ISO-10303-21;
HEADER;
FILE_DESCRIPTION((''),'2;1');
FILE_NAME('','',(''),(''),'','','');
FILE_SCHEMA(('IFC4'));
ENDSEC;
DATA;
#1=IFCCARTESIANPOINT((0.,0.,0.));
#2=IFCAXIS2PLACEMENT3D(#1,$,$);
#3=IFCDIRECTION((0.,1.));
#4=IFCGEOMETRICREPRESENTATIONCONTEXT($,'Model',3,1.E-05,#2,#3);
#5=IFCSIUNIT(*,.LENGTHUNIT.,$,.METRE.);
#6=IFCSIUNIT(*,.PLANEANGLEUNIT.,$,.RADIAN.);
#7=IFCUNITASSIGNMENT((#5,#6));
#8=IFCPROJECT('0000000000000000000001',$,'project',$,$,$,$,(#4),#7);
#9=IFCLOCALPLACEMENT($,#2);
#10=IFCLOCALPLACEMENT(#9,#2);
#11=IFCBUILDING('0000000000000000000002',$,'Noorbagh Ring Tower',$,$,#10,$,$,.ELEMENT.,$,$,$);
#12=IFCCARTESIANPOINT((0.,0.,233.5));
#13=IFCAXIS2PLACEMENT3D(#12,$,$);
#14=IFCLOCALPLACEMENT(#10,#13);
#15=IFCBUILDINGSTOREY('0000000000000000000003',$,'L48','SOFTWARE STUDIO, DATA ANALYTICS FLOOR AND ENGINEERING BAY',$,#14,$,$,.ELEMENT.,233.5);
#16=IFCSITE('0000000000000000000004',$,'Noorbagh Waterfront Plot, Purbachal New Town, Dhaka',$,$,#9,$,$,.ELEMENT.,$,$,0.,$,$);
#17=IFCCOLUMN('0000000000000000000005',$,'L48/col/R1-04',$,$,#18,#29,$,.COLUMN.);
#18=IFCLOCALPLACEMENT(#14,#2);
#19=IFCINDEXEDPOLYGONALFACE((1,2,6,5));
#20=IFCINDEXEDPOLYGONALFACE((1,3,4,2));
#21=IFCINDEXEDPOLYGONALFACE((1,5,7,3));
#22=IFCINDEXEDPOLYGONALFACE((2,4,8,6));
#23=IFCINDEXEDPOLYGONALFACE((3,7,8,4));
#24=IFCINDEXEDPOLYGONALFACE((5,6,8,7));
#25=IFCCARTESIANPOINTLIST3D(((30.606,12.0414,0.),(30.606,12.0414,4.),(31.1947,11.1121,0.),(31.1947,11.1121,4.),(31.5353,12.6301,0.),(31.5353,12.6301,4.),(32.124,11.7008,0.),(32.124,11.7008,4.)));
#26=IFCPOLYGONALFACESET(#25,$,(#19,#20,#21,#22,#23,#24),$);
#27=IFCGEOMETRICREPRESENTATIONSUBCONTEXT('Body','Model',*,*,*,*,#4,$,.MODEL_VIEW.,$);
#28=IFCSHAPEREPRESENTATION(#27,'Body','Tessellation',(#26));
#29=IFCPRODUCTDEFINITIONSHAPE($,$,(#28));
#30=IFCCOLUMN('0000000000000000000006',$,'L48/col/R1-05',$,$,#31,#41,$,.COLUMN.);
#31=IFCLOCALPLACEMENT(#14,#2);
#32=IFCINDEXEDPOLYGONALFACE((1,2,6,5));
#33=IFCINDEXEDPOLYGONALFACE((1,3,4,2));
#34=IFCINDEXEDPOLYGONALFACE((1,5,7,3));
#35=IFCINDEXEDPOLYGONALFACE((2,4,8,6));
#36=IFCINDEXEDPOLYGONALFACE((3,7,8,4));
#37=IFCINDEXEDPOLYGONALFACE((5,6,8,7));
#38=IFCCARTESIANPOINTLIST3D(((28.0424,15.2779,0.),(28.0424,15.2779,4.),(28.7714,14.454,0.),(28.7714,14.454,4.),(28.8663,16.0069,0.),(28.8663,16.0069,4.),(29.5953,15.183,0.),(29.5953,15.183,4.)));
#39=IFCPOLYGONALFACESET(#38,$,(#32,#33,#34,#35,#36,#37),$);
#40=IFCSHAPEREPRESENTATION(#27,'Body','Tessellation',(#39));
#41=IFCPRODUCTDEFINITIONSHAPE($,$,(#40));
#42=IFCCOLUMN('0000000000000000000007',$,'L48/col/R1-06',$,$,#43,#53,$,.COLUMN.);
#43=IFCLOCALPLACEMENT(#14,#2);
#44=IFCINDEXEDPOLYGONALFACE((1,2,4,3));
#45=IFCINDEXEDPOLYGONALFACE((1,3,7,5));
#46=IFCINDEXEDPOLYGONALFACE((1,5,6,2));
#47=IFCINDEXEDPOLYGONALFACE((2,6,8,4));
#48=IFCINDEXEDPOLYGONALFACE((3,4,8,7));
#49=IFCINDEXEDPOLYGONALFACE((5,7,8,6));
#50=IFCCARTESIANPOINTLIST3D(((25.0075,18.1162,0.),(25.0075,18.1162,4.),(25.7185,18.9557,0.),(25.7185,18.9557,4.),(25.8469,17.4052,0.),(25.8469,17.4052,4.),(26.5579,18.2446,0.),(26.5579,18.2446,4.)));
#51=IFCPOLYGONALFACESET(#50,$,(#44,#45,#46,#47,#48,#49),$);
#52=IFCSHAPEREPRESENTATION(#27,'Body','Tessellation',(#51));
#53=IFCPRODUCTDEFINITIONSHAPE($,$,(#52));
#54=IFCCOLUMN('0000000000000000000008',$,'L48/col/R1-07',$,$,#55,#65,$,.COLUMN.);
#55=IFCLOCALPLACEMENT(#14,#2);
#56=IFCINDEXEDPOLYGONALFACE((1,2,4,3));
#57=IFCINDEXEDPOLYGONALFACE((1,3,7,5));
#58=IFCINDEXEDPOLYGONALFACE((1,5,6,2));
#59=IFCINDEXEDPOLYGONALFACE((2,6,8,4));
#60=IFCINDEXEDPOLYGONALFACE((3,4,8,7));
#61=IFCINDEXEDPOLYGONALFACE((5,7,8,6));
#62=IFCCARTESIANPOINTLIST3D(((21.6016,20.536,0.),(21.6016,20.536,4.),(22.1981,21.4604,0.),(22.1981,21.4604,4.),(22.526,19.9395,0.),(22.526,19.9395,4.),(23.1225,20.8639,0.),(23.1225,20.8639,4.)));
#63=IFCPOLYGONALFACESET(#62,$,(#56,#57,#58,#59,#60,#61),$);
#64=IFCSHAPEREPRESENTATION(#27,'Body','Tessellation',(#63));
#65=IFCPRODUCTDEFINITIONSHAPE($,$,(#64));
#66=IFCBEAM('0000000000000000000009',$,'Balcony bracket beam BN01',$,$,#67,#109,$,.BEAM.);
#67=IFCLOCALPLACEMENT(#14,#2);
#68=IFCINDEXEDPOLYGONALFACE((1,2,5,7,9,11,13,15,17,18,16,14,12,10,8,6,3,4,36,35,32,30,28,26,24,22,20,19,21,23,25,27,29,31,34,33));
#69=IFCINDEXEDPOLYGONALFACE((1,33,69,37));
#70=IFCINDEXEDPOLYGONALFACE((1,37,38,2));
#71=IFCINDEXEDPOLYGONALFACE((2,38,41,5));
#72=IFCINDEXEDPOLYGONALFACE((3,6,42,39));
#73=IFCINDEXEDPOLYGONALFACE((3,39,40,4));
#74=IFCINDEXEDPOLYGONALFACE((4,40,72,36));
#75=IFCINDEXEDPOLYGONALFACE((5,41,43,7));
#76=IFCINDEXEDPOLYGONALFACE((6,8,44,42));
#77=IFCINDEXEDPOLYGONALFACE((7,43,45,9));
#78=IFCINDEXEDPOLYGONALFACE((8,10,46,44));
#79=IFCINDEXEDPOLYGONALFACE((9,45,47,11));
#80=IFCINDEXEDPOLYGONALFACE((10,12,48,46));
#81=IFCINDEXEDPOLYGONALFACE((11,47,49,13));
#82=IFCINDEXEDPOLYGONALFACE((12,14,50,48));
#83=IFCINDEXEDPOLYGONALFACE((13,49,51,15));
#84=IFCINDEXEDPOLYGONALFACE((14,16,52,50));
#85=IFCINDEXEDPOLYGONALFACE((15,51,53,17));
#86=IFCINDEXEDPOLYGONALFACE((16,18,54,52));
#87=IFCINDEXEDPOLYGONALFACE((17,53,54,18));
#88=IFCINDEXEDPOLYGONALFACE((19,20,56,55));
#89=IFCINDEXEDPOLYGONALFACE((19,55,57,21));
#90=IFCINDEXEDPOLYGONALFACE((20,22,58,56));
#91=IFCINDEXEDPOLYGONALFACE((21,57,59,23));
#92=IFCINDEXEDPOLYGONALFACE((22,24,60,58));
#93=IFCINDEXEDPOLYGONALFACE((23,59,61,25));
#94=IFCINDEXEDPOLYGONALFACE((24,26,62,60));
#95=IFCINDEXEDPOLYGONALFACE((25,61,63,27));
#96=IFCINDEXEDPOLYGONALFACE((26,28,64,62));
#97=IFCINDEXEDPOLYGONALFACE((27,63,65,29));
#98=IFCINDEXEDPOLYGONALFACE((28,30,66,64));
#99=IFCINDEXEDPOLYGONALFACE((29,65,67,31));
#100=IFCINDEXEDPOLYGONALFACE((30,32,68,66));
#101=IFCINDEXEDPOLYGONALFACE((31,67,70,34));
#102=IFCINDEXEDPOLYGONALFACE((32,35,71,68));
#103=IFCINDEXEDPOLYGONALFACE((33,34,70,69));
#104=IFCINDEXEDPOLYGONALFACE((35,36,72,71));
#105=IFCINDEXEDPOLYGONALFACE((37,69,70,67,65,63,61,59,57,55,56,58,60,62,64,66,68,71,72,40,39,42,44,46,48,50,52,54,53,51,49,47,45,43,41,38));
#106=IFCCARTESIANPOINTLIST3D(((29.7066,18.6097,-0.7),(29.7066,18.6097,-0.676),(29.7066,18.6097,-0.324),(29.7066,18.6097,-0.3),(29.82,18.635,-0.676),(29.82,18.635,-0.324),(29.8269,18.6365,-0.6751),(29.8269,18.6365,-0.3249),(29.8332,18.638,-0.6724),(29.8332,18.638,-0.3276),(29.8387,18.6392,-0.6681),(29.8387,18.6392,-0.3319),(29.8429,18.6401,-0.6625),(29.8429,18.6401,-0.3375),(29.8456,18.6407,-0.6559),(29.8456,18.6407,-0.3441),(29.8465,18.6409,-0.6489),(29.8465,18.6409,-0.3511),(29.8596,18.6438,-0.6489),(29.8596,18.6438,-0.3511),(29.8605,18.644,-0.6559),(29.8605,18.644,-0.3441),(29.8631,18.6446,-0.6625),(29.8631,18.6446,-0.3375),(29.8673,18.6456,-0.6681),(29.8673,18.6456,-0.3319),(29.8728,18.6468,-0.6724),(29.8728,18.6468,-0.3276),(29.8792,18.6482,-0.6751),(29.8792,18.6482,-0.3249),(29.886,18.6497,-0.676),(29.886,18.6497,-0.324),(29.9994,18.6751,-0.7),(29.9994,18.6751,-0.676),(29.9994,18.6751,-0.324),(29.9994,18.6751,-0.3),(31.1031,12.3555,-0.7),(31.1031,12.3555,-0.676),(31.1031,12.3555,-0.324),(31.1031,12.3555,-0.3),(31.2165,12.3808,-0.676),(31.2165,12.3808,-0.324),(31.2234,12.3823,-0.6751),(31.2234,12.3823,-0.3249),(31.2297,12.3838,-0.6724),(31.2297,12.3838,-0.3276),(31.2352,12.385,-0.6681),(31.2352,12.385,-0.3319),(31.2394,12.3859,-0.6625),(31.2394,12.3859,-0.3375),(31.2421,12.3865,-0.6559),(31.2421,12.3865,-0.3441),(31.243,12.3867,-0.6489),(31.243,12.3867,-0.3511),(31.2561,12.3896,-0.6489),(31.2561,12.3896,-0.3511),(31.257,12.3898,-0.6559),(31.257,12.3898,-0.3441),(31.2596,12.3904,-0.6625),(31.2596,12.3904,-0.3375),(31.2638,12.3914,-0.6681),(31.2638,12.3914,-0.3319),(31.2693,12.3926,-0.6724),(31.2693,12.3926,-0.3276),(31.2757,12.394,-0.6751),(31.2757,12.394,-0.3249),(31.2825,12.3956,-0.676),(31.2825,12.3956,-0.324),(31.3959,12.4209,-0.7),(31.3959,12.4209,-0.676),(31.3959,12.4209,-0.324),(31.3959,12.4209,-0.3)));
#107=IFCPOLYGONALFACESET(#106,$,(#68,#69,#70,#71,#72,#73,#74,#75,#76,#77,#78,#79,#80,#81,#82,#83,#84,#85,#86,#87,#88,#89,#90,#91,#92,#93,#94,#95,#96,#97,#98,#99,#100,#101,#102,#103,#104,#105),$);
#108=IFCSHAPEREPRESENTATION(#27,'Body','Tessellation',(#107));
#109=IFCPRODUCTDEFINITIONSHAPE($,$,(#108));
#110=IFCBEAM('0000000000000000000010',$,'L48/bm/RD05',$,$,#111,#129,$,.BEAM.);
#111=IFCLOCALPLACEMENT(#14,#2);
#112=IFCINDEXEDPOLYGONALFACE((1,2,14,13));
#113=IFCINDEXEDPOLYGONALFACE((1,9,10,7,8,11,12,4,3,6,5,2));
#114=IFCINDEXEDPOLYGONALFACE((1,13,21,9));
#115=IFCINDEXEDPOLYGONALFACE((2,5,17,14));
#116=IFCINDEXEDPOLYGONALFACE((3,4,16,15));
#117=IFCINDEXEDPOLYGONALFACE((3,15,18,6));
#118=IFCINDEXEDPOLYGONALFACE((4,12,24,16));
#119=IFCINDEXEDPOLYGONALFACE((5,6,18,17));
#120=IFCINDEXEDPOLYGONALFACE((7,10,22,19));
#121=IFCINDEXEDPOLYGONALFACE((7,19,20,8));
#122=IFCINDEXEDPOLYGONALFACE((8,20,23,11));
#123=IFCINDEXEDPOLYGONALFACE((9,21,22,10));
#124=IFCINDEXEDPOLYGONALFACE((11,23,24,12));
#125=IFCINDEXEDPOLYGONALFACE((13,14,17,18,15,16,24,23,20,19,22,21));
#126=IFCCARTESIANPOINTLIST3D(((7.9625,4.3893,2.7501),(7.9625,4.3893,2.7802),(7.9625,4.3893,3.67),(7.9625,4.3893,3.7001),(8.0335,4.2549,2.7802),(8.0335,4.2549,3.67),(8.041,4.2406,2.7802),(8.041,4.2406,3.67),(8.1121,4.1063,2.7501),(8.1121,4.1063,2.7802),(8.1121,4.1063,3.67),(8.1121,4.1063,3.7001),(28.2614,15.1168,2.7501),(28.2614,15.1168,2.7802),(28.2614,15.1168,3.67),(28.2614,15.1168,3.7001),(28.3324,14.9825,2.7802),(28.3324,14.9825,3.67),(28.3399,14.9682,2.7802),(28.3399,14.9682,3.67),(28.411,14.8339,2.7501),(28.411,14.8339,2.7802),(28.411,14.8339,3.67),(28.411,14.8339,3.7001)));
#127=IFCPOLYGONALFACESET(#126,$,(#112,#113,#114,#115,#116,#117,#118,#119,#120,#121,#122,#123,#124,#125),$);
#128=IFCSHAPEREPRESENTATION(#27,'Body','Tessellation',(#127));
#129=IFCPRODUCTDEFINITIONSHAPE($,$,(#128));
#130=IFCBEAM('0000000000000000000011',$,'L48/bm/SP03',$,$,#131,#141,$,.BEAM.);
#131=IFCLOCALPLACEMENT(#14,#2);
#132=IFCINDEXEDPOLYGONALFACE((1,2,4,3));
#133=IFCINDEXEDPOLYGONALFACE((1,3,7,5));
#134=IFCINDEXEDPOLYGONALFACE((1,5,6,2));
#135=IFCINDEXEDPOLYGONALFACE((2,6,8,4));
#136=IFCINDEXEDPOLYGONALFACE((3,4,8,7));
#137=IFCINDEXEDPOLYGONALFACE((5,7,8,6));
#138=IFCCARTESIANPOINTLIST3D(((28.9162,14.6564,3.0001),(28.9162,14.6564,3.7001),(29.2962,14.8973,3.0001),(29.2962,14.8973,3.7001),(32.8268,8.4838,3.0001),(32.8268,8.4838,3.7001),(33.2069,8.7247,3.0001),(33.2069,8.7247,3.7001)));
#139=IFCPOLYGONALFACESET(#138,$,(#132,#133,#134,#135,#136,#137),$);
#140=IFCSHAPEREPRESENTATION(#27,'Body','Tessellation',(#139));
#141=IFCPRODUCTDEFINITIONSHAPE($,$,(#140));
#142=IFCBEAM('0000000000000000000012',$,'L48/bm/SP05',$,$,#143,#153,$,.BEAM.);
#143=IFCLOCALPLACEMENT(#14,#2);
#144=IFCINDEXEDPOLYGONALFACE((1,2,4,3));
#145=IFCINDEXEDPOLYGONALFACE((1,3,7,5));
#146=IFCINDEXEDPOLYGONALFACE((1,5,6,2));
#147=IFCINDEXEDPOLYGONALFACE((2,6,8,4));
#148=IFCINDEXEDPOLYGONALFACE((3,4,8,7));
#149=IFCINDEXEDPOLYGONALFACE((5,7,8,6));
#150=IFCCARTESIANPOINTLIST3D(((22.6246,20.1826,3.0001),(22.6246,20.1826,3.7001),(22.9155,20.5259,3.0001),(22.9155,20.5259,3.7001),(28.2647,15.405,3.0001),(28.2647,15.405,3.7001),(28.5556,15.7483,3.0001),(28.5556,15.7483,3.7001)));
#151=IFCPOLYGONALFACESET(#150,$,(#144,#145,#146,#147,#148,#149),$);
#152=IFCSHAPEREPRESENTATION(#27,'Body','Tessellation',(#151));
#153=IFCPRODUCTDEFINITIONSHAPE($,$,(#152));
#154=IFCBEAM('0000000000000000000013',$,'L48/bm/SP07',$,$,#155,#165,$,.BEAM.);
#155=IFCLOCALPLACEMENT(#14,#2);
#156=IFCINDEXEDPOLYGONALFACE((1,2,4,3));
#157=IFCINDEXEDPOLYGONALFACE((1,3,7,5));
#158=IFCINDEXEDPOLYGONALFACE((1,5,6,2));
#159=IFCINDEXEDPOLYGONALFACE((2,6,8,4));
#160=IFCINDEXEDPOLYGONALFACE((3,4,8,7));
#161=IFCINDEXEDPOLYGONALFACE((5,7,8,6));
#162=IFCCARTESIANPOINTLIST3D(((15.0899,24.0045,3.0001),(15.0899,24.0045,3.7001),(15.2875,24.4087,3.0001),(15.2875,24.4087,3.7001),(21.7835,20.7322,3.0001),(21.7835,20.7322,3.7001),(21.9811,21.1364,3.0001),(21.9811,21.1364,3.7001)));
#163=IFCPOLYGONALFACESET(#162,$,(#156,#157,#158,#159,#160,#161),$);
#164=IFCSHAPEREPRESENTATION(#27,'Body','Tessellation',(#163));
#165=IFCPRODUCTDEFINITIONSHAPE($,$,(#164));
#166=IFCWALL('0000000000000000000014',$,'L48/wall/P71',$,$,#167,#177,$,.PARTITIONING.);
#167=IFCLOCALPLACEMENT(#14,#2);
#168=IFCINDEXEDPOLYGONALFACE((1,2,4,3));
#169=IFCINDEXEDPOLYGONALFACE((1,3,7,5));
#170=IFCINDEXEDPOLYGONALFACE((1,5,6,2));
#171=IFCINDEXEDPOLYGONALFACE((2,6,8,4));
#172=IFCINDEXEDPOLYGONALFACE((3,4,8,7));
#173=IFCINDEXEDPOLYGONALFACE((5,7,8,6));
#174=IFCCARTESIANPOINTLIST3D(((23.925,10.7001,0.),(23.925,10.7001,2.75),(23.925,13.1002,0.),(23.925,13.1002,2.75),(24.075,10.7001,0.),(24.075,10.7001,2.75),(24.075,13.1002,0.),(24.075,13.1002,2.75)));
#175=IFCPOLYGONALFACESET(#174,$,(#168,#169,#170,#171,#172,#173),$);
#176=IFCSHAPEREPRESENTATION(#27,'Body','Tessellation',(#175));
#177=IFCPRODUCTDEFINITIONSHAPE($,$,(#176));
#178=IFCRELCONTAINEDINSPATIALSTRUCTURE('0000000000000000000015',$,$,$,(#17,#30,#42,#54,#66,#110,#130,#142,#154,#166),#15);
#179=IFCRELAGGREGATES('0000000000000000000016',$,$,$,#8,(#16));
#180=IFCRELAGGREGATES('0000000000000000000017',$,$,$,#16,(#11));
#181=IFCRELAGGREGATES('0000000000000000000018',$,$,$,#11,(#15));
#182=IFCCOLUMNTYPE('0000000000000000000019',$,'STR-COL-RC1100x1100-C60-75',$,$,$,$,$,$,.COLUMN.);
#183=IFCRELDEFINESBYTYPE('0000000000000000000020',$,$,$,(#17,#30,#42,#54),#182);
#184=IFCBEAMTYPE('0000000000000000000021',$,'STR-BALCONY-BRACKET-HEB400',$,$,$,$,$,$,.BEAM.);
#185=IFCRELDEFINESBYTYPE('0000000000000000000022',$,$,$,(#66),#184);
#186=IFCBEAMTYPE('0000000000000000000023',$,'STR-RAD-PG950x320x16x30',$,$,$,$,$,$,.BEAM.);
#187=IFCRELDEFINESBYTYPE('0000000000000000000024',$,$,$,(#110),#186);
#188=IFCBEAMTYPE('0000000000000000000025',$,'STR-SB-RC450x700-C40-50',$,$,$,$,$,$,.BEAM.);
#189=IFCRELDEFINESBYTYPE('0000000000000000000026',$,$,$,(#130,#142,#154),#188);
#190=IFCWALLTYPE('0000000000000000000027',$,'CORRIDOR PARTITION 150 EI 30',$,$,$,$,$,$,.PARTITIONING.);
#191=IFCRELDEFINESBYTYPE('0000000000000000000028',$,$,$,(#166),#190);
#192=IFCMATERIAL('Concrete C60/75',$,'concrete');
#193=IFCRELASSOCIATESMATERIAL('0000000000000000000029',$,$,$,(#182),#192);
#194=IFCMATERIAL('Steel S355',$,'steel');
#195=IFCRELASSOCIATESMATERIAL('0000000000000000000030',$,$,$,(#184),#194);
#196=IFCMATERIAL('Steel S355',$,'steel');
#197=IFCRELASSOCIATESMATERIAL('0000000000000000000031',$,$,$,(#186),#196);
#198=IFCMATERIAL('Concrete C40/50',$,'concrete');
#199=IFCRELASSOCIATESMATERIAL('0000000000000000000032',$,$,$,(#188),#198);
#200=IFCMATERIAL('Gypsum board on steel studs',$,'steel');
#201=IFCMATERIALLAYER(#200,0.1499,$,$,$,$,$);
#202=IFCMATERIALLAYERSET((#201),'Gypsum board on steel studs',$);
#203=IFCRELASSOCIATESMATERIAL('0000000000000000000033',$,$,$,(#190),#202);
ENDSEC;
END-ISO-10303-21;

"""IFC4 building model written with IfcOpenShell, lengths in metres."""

from ifc_helpers import new_model, si_unit, direction, frame, frame_2d, origin, origin_2d, place, context, subcontext, project, spatial, rectangle, i_section, extrude, material, layer, layer_set, material_profile, profile_set, type_object, element, save


model = new_model("IFC4")

# Units and contexts
model_context = context("Model", 3, precision=1e-05, world=origin(), true_north=direction((0.0, 1.0)))
body_context = subcontext(model_context, "Body", "Model", "MODEL_VIEW")
ifc_project = project(units=[si_unit("LENGTHUNIT", "METRE"), si_unit("PLANEANGLEUNIT", "RADIAN")], contexts=[model_context])

# Site, building, storey
site_placement = place(None, origin())
site = spatial("IfcSite", under=ifc_project, at=site_placement, Name="Noorbagh Waterfront Plot, Purbachal New Town, Dhaka", CompositionType="ELEMENT", RefElevation=0.0)
building_placement = place(site_placement, origin())
building = spatial("IfcBuilding", under=site, at=building_placement, Name="Noorbagh Ring Tower", CompositionType="ELEMENT")
storey_placement = place(building_placement, frame((0.0, 0.0, 233.5)))
storey = spatial("IfcBuildingStorey", under=building, at=storey_placement, Name="L48", Description="SOFTWARE STUDIO, DATA ANALYTICS FLOOR AND ENGINEERING BAY", CompositionType="ELEMENT", Elevation=233.5)

# Columns
ifc_material_1 = material(Name="Concrete C60/75", Category="concrete")
ifc_material_profile_1 = material_profile(ifc_material_1, rectangle(XDim=1.1001, YDim=1.1001, at=origin_2d()), Name="RC1100x1100")
ifc_profile_set_1 = profile_set([ifc_material_profile_1], Name="Concrete C60/75")
column_type = type_object("IfcColumnType", Name="STR-COL-RC1100x1100-C60-75", PredefinedType="COLUMN", material=ifc_profile_set_1)
for number, where, z_axis, x_axis, name in (
    (1, (31.365, 11.8711, 0.0), (0.0, 0.0, 1.0), (-0.53519, 0.844731, 0.0), "L48/col/R1-04"),
    (2, (28.8188, 15.2305, 0.0), (0.0, 0.0, 1.0), (-0.662636, 0.748942, 0.0), "L48/col/R1-05"),
    (3, (25.7827, 18.1804, 0.0), (0.0, 0.0, 1.0), (-0.763035, 0.646357, 0.0), "L48/col/R1-06"),
    (4, (22.3621, 20.7, 0.0), (0.0, 0.0, 1.0), (-0.840248, 0.542203, 0.0), "L48/col/R1-07"),
):
    element("IfcColumn", number, at=place(storey_placement, frame(where, z_axis=z_axis, x_axis=x_axis)), inside=storey, type_object=column_type, Name=name, PredefinedType="COLUMN", context=body_context, shape_type="SweptSolid", body=[
        extrude(rectangle(XDim=1.1001, YDim=1.1001, at=origin_2d()), origin(), (0.0, 0.0, 1.0), 4.0),
    ])

# Beams
ifc_material_2 = material(Name="Steel S355", Category="steel")
ifc_material_profile_2 = material_profile(ifc_material_2, i_section(OverallWidth=0.3, OverallDepth=0.3999, WebThickness=0.0134, FlangeThickness=0.0239, FilletRadius=0.0271, at=origin_2d()), Name="HEB400")
ifc_profile_set_2 = profile_set([ifc_material_profile_2], Name="Steel S355")
beam_type_1 = type_object("IfcBeamType", Name="STR-BALCONY-BRACKET-HEB400", PredefinedType="BEAM", material=ifc_profile_set_2)
beam_1_placement = place(storey_placement, frame((31.2495, 12.3882, -0.5), z_axis=(-0.217923, 0.975966, 0.0), x_axis=(-0.975966, -0.217923, 0.0)))
element("IfcBeam", 5, at=beam_1_placement, inside=storey, type_object=beam_type_1, Name="Balcony bracket beam BN01", PredefinedType="BEAM", context=body_context, shape_type="SweptSolid", body=[
    extrude(i_section(OverallWidth=0.3, OverallDepth=0.3999, WebThickness=0.0134, FlangeThickness=0.0239, FilletRadius=0.0271, at=origin_2d()), origin(), (0.0, 0.0, 1.0), 6.4082),
])
ifc_material_3 = material(Name="Steel S355", Category="steel")
ifc_material_profile_3 = material_profile(ifc_material_3, i_section(OverallWidth=0.3201, OverallDepth=0.95, WebThickness=0.0161, FlangeThickness=0.03, at=origin_2d()), Name="PG950x320x16x30")
ifc_profile_set_3 = profile_set([ifc_material_profile_3], Name="Steel S355")
beam_type_2 = type_object("IfcBeamType", Name="STR-RAD-PG950x320x16x30", PredefinedType="BEAM", material=ifc_profile_set_3)
beam_2_placement = place(storey_placement, frame((28.3362, 14.9753, 3.2251), z_axis=(-0.884128, -0.467245, 0.0), x_axis=(0.467245, -0.884128, 0.0)))
element("IfcBeam", 6, at=beam_2_placement, inside=storey, type_object=beam_type_2, Name="L48/bm/RD05", PredefinedType="BEAM", context=body_context, shape_type="SweptSolid", body=[
    extrude(i_section(OverallWidth=0.3201, OverallDepth=0.95, WebThickness=0.0161, FlangeThickness=0.03, at=origin_2d()), origin(), (0.0, 0.0, 1.0), 22.9592),
])
ifc_material_4 = material(Name="Concrete C40/50", Category="concrete")
ifc_material_profile_4 = material_profile(ifc_material_4, rectangle(XDim=0.45, YDim=0.7, at=origin_2d()), Name="RC450x700")
ifc_profile_set_4 = profile_set([ifc_material_profile_4], Name="Concrete C40/50")
beam_type_3 = type_object("IfcBeamType", Name="STR-SB-RC450x700-C40-50", PredefinedType="BEAM", material=ifc_profile_set_4)
beam_3_placement = place(storey_placement, frame((33.0168, 8.6042, 3.3501), z_axis=(-0.535182, 0.844737, 0.0), x_axis=(-0.844737, -0.535182, 0.0)))
element("IfcBeam", 7, at=beam_3_placement, inside=storey, type_object=beam_type_3, Name="L48/bm/SP03", PredefinedType="BEAM", context=body_context, shape_type="SweptSolid", body=[
    extrude(rectangle(XDim=0.45, YDim=0.7, at=origin_2d()), origin(), (0.0, 0.0, 1.0), 7.3071),
])
beam_4_placement = place(storey_placement, frame((28.4102, 15.5767, 3.3501), z_axis=(-0.763042, 0.646349, 0.0), x_axis=(-0.646349, -0.763042, 0.0)))
element("IfcBeam", 8, at=beam_4_placement, inside=storey, type_object=beam_type_3, Name="L48/bm/SP05", PredefinedType="BEAM", context=body_context, shape_type="SweptSolid", body=[
    extrude(rectangle(XDim=0.45, YDim=0.7, at=origin_2d()), origin(), (0.0, 0.0, 1.0), 7.3916),
])
beam_5_placement = place(storey_placement, frame((21.8823, 20.9343, 3.3501), z_axis=(-0.898396, 0.439187, 0.0), x_axis=(-0.439187, -0.898396, 0.0)))
element("IfcBeam", 9, at=beam_5_placement, inside=storey, type_object=beam_type_3, Name="L48/bm/SP07", PredefinedType="BEAM", context=body_context, shape_type="SweptSolid", body=[
    extrude(rectangle(XDim=0.45, YDim=0.7, at=origin_2d()), origin(), (0.0, 0.0, 1.0), 7.4507),
])

# Wall
ifc_material_5 = material(Name="Gypsum board on steel studs", Category="steel")
ifc_layer_1 = layer(ifc_material_5, 0.1499)
ifc_layer_set_1 = layer_set([ifc_layer_1], Name="Gypsum board on steel studs")
wall_type_1 = type_object("IfcWallType", Name="CORRIDOR PARTITION 150 EI 30", PredefinedType="PARTITIONING", material=ifc_layer_set_1)
wall_1_placement = place(storey_placement, frame((24.0, 10.7, 0.0), z_axis=(0.0, 0.0, 1.0), x_axis=(0.0, 1.0, 0.0)))
element("IfcWall", 10, at=wall_1_placement, inside=storey, type_object=wall_type_1, Name="L48/wall/P71", PredefinedType="PARTITIONING", context=body_context, shape_type="SweptSolid", body=[
    extrude(rectangle(XDim=2.4001, YDim=0.1499, at=frame_2d((1.2002, 0.0))), origin(), (0.0, 0.0, 1.0), 2.75),
])

save(model, "model.ifc")
